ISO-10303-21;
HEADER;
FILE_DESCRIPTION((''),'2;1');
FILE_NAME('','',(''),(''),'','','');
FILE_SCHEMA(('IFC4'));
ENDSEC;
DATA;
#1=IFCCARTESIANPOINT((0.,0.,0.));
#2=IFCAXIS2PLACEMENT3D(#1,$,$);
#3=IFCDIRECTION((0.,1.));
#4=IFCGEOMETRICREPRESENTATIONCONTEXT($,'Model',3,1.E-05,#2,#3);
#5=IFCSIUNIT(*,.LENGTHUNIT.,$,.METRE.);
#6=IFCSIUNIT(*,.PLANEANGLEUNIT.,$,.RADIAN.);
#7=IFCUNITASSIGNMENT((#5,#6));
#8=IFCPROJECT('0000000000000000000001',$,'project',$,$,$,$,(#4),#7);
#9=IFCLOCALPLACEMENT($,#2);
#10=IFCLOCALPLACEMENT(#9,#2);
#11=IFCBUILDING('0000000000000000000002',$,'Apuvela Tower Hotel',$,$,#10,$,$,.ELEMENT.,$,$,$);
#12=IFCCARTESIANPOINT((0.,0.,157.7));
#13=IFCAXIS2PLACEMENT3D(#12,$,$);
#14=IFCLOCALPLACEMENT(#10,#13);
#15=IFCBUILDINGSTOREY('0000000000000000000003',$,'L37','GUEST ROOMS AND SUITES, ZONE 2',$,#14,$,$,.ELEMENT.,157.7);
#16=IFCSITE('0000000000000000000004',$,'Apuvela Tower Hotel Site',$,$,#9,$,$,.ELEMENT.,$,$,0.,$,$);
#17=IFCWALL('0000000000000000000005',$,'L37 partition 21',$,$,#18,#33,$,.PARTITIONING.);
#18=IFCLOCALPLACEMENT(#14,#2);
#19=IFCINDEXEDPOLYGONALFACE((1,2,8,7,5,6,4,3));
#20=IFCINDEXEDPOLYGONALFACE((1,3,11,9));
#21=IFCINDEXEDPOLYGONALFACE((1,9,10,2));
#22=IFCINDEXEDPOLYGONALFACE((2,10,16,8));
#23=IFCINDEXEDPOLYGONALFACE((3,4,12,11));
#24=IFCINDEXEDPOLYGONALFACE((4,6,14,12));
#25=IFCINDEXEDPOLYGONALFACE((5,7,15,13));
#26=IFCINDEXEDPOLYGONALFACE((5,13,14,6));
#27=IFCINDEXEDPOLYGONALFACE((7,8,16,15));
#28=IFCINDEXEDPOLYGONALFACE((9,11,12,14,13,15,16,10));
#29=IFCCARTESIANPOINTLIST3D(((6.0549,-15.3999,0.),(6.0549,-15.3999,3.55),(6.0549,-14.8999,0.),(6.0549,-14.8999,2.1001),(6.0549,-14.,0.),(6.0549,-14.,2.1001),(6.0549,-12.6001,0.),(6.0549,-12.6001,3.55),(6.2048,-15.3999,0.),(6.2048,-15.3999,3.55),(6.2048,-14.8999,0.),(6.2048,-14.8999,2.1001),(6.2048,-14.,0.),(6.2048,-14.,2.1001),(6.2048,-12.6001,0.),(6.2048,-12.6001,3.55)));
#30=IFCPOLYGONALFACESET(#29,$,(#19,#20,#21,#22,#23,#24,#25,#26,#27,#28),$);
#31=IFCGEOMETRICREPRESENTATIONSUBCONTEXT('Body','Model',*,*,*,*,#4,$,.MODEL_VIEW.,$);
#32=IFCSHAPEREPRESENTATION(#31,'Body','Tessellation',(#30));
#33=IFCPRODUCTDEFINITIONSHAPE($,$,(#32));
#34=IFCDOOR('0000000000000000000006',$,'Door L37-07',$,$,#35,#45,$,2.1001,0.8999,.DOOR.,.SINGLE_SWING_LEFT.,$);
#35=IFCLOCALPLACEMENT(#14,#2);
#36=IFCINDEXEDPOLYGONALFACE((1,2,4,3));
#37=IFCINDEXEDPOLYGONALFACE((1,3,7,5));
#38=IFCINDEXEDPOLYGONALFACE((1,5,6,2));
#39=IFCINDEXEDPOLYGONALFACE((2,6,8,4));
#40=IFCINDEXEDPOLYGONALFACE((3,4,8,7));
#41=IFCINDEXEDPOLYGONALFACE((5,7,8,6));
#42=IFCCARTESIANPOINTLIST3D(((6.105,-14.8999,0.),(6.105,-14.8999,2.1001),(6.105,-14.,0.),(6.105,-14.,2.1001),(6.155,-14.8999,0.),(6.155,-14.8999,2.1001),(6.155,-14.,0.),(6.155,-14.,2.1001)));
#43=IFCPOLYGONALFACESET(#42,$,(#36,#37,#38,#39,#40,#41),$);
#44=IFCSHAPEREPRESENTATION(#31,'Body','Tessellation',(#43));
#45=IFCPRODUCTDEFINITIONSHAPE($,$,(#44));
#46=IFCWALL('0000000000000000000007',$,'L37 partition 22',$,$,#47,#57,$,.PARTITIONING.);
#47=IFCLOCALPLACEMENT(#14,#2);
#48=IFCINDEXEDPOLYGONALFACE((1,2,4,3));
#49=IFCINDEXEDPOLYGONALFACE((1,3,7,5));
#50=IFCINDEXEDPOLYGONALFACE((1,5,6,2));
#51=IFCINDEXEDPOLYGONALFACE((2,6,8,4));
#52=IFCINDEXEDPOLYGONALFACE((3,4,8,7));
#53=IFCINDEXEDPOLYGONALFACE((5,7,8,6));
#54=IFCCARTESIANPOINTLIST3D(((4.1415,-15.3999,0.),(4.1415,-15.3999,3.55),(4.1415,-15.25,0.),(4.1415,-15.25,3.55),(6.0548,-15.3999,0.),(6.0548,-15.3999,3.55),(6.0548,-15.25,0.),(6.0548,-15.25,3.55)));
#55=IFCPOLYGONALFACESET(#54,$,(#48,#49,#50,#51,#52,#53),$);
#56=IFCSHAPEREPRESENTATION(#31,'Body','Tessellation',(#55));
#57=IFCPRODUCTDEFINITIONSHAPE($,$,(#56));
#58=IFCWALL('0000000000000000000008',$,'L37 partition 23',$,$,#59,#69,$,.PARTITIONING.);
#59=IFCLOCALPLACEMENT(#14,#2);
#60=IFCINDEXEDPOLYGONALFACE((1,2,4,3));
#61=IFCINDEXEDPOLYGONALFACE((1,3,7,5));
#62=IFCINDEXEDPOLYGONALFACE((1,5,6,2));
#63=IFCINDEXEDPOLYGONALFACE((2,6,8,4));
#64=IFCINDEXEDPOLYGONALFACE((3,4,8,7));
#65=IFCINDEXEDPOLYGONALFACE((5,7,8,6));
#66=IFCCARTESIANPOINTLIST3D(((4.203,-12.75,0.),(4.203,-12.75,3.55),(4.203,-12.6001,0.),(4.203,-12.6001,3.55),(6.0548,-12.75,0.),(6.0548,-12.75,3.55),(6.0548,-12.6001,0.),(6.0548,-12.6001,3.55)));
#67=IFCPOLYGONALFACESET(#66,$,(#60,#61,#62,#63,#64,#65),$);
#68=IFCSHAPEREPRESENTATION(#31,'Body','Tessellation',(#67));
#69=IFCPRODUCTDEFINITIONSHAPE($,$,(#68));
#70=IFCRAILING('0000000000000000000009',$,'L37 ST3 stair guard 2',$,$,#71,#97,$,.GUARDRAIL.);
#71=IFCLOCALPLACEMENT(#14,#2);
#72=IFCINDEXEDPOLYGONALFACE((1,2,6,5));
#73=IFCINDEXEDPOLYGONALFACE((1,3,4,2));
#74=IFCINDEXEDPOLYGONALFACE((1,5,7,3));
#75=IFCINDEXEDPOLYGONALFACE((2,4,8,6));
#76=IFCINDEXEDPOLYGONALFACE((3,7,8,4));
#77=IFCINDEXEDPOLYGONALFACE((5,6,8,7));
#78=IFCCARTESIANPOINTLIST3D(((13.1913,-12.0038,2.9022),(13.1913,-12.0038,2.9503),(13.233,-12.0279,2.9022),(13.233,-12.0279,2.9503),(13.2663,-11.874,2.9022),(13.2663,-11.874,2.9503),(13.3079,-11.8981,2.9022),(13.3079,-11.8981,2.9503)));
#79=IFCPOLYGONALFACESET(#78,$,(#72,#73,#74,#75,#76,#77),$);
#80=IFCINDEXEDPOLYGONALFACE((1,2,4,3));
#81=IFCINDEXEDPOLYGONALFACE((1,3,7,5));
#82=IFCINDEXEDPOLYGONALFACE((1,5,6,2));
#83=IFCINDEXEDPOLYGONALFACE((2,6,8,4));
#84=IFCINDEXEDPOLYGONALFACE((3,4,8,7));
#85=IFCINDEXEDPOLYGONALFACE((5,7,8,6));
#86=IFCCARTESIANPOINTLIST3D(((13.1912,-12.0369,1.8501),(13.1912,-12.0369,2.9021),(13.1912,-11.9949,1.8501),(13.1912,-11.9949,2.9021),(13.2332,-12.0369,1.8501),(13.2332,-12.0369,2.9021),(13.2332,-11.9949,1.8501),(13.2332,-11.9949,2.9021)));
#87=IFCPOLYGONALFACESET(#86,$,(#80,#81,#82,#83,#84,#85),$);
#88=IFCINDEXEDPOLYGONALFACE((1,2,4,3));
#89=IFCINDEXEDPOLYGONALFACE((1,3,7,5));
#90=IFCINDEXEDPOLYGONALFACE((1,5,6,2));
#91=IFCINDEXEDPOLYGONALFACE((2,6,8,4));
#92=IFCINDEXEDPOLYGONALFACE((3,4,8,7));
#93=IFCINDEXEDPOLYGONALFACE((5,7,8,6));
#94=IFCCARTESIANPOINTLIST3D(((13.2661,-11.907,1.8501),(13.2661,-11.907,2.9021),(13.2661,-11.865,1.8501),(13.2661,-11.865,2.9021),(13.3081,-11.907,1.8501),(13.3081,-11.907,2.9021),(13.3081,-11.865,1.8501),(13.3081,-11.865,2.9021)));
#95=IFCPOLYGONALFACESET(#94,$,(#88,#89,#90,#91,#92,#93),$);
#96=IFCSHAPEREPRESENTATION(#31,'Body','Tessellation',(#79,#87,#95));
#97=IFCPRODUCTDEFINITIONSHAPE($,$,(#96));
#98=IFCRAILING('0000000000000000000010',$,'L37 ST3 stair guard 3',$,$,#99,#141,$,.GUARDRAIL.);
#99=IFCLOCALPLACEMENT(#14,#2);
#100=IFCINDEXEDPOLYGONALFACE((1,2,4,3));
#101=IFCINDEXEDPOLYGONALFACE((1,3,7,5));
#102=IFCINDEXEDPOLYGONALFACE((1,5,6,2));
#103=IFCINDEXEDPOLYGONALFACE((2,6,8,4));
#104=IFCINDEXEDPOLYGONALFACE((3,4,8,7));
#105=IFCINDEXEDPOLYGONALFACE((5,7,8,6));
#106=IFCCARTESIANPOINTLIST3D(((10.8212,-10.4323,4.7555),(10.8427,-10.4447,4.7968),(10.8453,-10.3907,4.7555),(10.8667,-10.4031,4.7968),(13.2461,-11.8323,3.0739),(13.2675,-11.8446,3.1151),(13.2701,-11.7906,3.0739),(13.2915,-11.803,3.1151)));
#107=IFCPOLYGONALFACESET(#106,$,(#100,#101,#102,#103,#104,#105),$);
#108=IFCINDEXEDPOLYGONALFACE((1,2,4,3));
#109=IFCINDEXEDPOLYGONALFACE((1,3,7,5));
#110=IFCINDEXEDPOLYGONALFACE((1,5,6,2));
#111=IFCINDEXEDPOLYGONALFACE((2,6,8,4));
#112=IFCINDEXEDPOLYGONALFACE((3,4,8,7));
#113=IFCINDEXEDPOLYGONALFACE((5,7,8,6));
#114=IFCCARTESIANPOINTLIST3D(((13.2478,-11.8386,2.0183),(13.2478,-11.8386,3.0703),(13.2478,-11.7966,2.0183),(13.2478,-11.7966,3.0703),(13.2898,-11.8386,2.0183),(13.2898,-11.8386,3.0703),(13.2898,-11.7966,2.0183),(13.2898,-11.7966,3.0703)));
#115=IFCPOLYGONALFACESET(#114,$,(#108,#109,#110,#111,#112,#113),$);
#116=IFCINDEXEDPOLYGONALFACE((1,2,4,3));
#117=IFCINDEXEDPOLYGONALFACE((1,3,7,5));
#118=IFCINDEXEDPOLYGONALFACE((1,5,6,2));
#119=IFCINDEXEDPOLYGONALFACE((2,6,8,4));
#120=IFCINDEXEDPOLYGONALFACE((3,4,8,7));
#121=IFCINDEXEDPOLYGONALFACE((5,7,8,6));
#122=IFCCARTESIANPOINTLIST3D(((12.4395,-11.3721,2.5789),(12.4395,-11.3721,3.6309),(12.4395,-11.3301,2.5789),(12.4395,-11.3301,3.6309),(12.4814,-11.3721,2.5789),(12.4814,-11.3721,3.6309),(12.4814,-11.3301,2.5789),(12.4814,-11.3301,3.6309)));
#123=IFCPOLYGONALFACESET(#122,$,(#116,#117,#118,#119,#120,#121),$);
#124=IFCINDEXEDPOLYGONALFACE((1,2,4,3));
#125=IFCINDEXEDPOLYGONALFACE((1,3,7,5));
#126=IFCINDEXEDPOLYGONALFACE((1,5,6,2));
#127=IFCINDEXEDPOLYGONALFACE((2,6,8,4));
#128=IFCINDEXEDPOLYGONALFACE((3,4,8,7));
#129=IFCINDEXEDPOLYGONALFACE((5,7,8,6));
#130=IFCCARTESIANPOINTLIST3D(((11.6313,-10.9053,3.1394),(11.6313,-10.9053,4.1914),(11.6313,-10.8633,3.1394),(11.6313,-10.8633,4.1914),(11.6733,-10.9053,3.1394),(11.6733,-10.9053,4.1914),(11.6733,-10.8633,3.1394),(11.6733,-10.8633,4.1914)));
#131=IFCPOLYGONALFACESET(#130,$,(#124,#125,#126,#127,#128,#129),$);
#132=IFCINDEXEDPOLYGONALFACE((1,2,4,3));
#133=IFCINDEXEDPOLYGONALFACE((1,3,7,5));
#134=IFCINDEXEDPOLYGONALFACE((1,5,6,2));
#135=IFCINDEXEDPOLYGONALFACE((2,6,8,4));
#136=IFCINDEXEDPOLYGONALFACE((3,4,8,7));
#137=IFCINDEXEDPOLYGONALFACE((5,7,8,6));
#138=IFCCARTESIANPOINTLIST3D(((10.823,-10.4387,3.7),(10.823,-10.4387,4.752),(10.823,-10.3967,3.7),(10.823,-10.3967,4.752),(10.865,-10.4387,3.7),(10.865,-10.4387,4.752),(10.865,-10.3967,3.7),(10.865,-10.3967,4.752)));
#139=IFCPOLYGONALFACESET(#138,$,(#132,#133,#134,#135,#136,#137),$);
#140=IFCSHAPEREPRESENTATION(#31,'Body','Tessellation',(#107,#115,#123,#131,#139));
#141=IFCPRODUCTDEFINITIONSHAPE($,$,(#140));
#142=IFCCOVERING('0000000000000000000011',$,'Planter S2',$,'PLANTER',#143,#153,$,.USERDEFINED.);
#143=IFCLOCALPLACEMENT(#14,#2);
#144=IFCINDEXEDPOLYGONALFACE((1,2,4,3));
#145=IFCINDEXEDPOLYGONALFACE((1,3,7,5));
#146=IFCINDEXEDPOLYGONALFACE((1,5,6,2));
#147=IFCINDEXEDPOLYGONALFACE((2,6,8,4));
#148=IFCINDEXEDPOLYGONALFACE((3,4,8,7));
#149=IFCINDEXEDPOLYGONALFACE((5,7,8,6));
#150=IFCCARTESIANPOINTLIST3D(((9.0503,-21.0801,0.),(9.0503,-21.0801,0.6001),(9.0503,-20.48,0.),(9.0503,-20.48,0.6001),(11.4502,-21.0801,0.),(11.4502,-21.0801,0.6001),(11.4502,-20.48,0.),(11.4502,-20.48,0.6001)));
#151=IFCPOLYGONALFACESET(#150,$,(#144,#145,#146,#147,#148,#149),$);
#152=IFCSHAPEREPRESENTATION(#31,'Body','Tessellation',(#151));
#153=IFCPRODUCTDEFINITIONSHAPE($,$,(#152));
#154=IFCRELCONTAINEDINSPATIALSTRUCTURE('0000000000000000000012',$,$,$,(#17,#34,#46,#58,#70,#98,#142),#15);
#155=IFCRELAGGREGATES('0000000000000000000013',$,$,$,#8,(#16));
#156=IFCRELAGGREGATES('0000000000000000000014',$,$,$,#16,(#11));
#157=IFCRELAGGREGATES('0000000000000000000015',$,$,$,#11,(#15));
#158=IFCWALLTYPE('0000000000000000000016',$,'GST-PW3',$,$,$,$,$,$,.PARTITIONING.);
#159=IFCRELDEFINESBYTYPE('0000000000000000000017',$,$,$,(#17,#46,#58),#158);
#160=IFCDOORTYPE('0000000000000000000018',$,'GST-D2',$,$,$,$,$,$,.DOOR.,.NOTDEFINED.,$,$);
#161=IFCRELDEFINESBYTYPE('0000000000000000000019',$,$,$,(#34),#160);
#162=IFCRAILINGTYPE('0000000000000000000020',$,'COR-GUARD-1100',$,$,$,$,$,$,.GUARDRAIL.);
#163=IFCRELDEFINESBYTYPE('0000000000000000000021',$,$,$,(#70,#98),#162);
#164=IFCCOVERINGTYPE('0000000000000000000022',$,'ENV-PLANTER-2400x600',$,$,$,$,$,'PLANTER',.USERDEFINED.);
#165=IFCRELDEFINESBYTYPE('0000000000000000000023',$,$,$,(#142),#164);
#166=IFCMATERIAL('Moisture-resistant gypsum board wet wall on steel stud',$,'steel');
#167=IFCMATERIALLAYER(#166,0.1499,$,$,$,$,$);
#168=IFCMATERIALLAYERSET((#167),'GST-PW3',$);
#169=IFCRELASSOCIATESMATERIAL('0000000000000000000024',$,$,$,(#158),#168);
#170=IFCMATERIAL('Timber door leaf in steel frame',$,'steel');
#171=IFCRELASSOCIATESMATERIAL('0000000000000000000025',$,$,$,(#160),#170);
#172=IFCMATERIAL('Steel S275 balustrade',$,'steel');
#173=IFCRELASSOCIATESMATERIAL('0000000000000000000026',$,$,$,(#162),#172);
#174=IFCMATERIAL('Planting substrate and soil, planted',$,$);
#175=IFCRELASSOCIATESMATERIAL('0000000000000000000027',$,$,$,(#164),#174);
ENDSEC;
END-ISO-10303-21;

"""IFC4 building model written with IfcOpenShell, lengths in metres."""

from ifc_helpers import new_model, si_unit, direction, frame, frame_2d, origin, origin_2d, place, context, subcontext, project, spatial, rectangle, extrude, material, layer, layer_set, type_object, element, fill, save


model = new_model("IFC4")

# Units and contexts
model_context = context("Model", 3, precision=1e-05, world=origin(), true_north=direction((0.0, 1.0)))
body_context = subcontext(model_context, "Body", "Model", "MODEL_VIEW")
ifc_project = project(units=[si_unit("LENGTHUNIT", "METRE"), si_unit("PLANEANGLEUNIT", "RADIAN")], contexts=[model_context])

# Site, building, storey
site_placement = place(None, origin())
site = spatial("IfcSite", under=ifc_project, at=site_placement, Name="Apuvela Tower Hotel Site", CompositionType="ELEMENT", RefElevation=0.0)
building_placement = place(site_placement, origin())
building = spatial("IfcBuilding", under=site, at=building_placement, Name="Apuvela Tower Hotel", CompositionType="ELEMENT")
storey_placement = place(building_placement, frame((0.0, 0.0, 157.7)))
storey = spatial("IfcBuildingStorey", under=building, at=storey_placement, Name="L37", Description="GUEST ROOMS AND SUITES, ZONE 2", CompositionType="ELEMENT", Elevation=157.7)

# Shared definitions
ifc_material_1 = material(Name="Moisture-resistant gypsum board wet wall on steel stud", Category="steel")
ifc_layer_1 = layer(ifc_material_1, 0.1499)
ifc_layer_set_1 = layer_set([ifc_layer_1], Name="GST-PW3")
wall_type_1 = type_object("IfcWallType", Name="GST-PW3", PredefinedType="PARTITIONING", material=ifc_layer_set_1)

# Wall, opening, door
wall_1_placement = place(storey_placement, frame((6.1299, -15.3999, 0.0), z_axis=(0.0, 0.0, 1.0), x_axis=(0.0, 1.0, 0.0)))
wall_1 = element("IfcWall", 1, at=wall_1_placement, inside=storey, type_object=wall_type_1, Name="L37 partition 21", PredefinedType="PARTITIONING", context=body_context, shape_type="SweptSolid", body=[
    extrude(rectangle(XDim=2.7998, YDim=0.1499, at=frame_2d((1.3999, 0.0))), origin(), (0.0, 0.0, 1.0), 3.55),
])
opening_1_placement = place(wall_1_placement, frame((0.5, 0.0, 0.0)))
opening_1 = element("IfcOpeningElement", 2, at=opening_1_placement, cuts=wall_1, PredefinedType="OPENING", context=body_context, shape_type="SweptSolid", body=[
    extrude(rectangle(XDim=0.8999, YDim=2.1001, at=frame_2d((0.45, 1.05))), frame((0.0, 0.085, 0.0), z_axis=(0.0, -1.0, 0.0), x_axis=(1.0, 0.0, 0.0)), (0.0, 0.0, 1.0), 0.1699),
])
ifc_material_2 = material(Name="Timber door leaf in steel frame", Category="steel")
door_type_1 = type_object("IfcDoorType", Name="GST-D2", OperationType="NOTDEFINED", PredefinedType="DOOR", material=ifc_material_2)
door_1_placement = place(opening_1_placement, origin())
door_1 = element("IfcDoor", 3, at=door_1_placement, inside=storey, type_object=door_type_1, Name="Door L37-07", OperationType="SINGLE_SWING_LEFT", OverallHeight=2.1001, OverallWidth=0.8999, PredefinedType="DOOR", context=body_context, shape_type="SweptSolid", body=[
    extrude(rectangle(XDim=0.8999, YDim=2.1001, at=frame_2d((0.45, 1.05))), frame((0.0, 0.0249, 0.0), z_axis=(0.0, -1.0, 0.0), x_axis=(1.0, 0.0, 0.0)), (0.0, 0.0, 1.0), 0.05),
])
fill(opening_1, door_1)

# Walls
wall_2_placement = place(storey_placement, frame((4.1416, -15.325, 0.0), z_axis=(0.0, 0.0, 1.0), x_axis=(1.0, 0.0, 0.0)))
element("IfcWall", 4, at=wall_2_placement, inside=storey, type_object=wall_type_1, Name="L37 partition 22", PredefinedType="PARTITIONING", context=body_context, shape_type="SweptSolid", body=[
    extrude(rectangle(XDim=1.9133, YDim=0.1499, at=frame_2d((0.9565, 0.0))), origin(), (0.0, 0.0, 1.0), 3.55),
])
wall_3_placement = place(storey_placement, frame((4.2031, -12.675, 0.0), z_axis=(0.0, 0.0, 1.0), x_axis=(1.0, 0.0, 0.0)))
element("IfcWall", 5, at=wall_3_placement, inside=storey, type_object=wall_type_1, Name="L37 partition 23", PredefinedType="PARTITIONING", context=body_context, shape_type="SweptSolid", body=[
    extrude(rectangle(XDim=1.8518, YDim=0.1499, at=frame_2d((0.9258, 0.0))), origin(), (0.0, 0.0, 1.0), 3.55),
])

# Railings
ifc_material_3 = material(Name="Steel S275 balustrade", Category="steel")
railing_type = type_object("IfcRailingType", Name="COR-GUARD-1100", PredefinedType="GUARDRAIL", material=ifc_material_3)
railing_1_placement = place(storey_placement, frame((13.2122, -12.0159, 1.8501)))
element("IfcRailing", 6, at=railing_1_placement, inside=storey, type_object=railing_type, Name="L37 ST3 stair guard 2", PredefinedType="GUARDRAIL", context=body_context, shape_type="SweptSolid", body=[
    extrude(rectangle(XDim=0.0481, YDim=0.0481, at=origin_2d()), frame((0.0, 0.0, 1.0762), z_axis=(0.499816, 0.866131, 0.0), x_axis=(-0.866131, 0.499816, 0.0)), (0.0, 0.0, 1.0), 0.1499),
    extrude(rectangle(XDim=0.042, YDim=0.042, at=origin_2d()), origin(), (0.0, 0.0, 1.0), 1.052),
    extrude(rectangle(XDim=0.042, YDim=0.042, at=origin_2d()), frame((0.075, 0.1299, 0.0)), (0.0, 0.0, 1.0), 1.052),
])
railing_2_placement = place(storey_placement, frame((13.2688, -11.8176, 2.0183)))
element("IfcRailing", 7, at=railing_2_placement, inside=storey, type_object=railing_type, Name="L37 ST3 stair guard 3", PredefinedType="GUARDRAIL", context=body_context, shape_type="SweptSolid", body=[
    extrude(rectangle(XDim=0.0481, YDim=0.0481, at=origin_2d()), frame((0.0, 0.0, 1.0762), z_axis=(-0.742419, 0.428618, 0.514879), x_axis=(-0.499984, -0.866035, 0.0)), (0.0, 0.0, 1.0), 3.2661),
    extrude(rectangle(XDim=0.042, YDim=0.042, at=origin_2d()), origin(), (0.0, 0.0, 1.0), 1.052),
    extrude(rectangle(XDim=0.042, YDim=0.042, at=origin_2d()), frame((-0.8083, 0.4666, 0.5605)), (0.0, 0.0, 1.0), 1.052),
    extrude(rectangle(XDim=0.042, YDim=0.042, at=origin_2d()), frame((-1.6165, 0.9333, 1.1211)), (0.0, 0.0, 1.0), 1.052),
    extrude(rectangle(XDim=0.042, YDim=0.042, at=origin_2d()), frame((-2.4248, 1.3999, 1.6816)), (0.0, 0.0, 1.0), 1.052),
])

# Covering
ifc_material_4 = material(Name="Planting substrate and soil, planted")
covering_type = type_object("IfcCoveringType", Name="ENV-PLANTER-2400x600", ElementType="PLANTER", PredefinedType="USERDEFINED", material=ifc_material_4)
covering_placement = place(storey_placement, frame((10.2502, -20.78, 0.0), z_axis=(0.0, 0.0, 1.0), x_axis=(1.0, 0.0, 0.0)))
element("IfcCovering", 8, at=covering_placement, inside=storey, type_object=covering_type, Name="Planter S2", ObjectType="PLANTER", PredefinedType="USERDEFINED", context=body_context, shape_type="SweptSolid", body=[
    extrude(rectangle(XDim=2.3999, YDim=0.6001, at=origin_2d()), origin(), (0.0, 0.0, 1.0), 0.6001),
])

save(model, "model.ifc")
